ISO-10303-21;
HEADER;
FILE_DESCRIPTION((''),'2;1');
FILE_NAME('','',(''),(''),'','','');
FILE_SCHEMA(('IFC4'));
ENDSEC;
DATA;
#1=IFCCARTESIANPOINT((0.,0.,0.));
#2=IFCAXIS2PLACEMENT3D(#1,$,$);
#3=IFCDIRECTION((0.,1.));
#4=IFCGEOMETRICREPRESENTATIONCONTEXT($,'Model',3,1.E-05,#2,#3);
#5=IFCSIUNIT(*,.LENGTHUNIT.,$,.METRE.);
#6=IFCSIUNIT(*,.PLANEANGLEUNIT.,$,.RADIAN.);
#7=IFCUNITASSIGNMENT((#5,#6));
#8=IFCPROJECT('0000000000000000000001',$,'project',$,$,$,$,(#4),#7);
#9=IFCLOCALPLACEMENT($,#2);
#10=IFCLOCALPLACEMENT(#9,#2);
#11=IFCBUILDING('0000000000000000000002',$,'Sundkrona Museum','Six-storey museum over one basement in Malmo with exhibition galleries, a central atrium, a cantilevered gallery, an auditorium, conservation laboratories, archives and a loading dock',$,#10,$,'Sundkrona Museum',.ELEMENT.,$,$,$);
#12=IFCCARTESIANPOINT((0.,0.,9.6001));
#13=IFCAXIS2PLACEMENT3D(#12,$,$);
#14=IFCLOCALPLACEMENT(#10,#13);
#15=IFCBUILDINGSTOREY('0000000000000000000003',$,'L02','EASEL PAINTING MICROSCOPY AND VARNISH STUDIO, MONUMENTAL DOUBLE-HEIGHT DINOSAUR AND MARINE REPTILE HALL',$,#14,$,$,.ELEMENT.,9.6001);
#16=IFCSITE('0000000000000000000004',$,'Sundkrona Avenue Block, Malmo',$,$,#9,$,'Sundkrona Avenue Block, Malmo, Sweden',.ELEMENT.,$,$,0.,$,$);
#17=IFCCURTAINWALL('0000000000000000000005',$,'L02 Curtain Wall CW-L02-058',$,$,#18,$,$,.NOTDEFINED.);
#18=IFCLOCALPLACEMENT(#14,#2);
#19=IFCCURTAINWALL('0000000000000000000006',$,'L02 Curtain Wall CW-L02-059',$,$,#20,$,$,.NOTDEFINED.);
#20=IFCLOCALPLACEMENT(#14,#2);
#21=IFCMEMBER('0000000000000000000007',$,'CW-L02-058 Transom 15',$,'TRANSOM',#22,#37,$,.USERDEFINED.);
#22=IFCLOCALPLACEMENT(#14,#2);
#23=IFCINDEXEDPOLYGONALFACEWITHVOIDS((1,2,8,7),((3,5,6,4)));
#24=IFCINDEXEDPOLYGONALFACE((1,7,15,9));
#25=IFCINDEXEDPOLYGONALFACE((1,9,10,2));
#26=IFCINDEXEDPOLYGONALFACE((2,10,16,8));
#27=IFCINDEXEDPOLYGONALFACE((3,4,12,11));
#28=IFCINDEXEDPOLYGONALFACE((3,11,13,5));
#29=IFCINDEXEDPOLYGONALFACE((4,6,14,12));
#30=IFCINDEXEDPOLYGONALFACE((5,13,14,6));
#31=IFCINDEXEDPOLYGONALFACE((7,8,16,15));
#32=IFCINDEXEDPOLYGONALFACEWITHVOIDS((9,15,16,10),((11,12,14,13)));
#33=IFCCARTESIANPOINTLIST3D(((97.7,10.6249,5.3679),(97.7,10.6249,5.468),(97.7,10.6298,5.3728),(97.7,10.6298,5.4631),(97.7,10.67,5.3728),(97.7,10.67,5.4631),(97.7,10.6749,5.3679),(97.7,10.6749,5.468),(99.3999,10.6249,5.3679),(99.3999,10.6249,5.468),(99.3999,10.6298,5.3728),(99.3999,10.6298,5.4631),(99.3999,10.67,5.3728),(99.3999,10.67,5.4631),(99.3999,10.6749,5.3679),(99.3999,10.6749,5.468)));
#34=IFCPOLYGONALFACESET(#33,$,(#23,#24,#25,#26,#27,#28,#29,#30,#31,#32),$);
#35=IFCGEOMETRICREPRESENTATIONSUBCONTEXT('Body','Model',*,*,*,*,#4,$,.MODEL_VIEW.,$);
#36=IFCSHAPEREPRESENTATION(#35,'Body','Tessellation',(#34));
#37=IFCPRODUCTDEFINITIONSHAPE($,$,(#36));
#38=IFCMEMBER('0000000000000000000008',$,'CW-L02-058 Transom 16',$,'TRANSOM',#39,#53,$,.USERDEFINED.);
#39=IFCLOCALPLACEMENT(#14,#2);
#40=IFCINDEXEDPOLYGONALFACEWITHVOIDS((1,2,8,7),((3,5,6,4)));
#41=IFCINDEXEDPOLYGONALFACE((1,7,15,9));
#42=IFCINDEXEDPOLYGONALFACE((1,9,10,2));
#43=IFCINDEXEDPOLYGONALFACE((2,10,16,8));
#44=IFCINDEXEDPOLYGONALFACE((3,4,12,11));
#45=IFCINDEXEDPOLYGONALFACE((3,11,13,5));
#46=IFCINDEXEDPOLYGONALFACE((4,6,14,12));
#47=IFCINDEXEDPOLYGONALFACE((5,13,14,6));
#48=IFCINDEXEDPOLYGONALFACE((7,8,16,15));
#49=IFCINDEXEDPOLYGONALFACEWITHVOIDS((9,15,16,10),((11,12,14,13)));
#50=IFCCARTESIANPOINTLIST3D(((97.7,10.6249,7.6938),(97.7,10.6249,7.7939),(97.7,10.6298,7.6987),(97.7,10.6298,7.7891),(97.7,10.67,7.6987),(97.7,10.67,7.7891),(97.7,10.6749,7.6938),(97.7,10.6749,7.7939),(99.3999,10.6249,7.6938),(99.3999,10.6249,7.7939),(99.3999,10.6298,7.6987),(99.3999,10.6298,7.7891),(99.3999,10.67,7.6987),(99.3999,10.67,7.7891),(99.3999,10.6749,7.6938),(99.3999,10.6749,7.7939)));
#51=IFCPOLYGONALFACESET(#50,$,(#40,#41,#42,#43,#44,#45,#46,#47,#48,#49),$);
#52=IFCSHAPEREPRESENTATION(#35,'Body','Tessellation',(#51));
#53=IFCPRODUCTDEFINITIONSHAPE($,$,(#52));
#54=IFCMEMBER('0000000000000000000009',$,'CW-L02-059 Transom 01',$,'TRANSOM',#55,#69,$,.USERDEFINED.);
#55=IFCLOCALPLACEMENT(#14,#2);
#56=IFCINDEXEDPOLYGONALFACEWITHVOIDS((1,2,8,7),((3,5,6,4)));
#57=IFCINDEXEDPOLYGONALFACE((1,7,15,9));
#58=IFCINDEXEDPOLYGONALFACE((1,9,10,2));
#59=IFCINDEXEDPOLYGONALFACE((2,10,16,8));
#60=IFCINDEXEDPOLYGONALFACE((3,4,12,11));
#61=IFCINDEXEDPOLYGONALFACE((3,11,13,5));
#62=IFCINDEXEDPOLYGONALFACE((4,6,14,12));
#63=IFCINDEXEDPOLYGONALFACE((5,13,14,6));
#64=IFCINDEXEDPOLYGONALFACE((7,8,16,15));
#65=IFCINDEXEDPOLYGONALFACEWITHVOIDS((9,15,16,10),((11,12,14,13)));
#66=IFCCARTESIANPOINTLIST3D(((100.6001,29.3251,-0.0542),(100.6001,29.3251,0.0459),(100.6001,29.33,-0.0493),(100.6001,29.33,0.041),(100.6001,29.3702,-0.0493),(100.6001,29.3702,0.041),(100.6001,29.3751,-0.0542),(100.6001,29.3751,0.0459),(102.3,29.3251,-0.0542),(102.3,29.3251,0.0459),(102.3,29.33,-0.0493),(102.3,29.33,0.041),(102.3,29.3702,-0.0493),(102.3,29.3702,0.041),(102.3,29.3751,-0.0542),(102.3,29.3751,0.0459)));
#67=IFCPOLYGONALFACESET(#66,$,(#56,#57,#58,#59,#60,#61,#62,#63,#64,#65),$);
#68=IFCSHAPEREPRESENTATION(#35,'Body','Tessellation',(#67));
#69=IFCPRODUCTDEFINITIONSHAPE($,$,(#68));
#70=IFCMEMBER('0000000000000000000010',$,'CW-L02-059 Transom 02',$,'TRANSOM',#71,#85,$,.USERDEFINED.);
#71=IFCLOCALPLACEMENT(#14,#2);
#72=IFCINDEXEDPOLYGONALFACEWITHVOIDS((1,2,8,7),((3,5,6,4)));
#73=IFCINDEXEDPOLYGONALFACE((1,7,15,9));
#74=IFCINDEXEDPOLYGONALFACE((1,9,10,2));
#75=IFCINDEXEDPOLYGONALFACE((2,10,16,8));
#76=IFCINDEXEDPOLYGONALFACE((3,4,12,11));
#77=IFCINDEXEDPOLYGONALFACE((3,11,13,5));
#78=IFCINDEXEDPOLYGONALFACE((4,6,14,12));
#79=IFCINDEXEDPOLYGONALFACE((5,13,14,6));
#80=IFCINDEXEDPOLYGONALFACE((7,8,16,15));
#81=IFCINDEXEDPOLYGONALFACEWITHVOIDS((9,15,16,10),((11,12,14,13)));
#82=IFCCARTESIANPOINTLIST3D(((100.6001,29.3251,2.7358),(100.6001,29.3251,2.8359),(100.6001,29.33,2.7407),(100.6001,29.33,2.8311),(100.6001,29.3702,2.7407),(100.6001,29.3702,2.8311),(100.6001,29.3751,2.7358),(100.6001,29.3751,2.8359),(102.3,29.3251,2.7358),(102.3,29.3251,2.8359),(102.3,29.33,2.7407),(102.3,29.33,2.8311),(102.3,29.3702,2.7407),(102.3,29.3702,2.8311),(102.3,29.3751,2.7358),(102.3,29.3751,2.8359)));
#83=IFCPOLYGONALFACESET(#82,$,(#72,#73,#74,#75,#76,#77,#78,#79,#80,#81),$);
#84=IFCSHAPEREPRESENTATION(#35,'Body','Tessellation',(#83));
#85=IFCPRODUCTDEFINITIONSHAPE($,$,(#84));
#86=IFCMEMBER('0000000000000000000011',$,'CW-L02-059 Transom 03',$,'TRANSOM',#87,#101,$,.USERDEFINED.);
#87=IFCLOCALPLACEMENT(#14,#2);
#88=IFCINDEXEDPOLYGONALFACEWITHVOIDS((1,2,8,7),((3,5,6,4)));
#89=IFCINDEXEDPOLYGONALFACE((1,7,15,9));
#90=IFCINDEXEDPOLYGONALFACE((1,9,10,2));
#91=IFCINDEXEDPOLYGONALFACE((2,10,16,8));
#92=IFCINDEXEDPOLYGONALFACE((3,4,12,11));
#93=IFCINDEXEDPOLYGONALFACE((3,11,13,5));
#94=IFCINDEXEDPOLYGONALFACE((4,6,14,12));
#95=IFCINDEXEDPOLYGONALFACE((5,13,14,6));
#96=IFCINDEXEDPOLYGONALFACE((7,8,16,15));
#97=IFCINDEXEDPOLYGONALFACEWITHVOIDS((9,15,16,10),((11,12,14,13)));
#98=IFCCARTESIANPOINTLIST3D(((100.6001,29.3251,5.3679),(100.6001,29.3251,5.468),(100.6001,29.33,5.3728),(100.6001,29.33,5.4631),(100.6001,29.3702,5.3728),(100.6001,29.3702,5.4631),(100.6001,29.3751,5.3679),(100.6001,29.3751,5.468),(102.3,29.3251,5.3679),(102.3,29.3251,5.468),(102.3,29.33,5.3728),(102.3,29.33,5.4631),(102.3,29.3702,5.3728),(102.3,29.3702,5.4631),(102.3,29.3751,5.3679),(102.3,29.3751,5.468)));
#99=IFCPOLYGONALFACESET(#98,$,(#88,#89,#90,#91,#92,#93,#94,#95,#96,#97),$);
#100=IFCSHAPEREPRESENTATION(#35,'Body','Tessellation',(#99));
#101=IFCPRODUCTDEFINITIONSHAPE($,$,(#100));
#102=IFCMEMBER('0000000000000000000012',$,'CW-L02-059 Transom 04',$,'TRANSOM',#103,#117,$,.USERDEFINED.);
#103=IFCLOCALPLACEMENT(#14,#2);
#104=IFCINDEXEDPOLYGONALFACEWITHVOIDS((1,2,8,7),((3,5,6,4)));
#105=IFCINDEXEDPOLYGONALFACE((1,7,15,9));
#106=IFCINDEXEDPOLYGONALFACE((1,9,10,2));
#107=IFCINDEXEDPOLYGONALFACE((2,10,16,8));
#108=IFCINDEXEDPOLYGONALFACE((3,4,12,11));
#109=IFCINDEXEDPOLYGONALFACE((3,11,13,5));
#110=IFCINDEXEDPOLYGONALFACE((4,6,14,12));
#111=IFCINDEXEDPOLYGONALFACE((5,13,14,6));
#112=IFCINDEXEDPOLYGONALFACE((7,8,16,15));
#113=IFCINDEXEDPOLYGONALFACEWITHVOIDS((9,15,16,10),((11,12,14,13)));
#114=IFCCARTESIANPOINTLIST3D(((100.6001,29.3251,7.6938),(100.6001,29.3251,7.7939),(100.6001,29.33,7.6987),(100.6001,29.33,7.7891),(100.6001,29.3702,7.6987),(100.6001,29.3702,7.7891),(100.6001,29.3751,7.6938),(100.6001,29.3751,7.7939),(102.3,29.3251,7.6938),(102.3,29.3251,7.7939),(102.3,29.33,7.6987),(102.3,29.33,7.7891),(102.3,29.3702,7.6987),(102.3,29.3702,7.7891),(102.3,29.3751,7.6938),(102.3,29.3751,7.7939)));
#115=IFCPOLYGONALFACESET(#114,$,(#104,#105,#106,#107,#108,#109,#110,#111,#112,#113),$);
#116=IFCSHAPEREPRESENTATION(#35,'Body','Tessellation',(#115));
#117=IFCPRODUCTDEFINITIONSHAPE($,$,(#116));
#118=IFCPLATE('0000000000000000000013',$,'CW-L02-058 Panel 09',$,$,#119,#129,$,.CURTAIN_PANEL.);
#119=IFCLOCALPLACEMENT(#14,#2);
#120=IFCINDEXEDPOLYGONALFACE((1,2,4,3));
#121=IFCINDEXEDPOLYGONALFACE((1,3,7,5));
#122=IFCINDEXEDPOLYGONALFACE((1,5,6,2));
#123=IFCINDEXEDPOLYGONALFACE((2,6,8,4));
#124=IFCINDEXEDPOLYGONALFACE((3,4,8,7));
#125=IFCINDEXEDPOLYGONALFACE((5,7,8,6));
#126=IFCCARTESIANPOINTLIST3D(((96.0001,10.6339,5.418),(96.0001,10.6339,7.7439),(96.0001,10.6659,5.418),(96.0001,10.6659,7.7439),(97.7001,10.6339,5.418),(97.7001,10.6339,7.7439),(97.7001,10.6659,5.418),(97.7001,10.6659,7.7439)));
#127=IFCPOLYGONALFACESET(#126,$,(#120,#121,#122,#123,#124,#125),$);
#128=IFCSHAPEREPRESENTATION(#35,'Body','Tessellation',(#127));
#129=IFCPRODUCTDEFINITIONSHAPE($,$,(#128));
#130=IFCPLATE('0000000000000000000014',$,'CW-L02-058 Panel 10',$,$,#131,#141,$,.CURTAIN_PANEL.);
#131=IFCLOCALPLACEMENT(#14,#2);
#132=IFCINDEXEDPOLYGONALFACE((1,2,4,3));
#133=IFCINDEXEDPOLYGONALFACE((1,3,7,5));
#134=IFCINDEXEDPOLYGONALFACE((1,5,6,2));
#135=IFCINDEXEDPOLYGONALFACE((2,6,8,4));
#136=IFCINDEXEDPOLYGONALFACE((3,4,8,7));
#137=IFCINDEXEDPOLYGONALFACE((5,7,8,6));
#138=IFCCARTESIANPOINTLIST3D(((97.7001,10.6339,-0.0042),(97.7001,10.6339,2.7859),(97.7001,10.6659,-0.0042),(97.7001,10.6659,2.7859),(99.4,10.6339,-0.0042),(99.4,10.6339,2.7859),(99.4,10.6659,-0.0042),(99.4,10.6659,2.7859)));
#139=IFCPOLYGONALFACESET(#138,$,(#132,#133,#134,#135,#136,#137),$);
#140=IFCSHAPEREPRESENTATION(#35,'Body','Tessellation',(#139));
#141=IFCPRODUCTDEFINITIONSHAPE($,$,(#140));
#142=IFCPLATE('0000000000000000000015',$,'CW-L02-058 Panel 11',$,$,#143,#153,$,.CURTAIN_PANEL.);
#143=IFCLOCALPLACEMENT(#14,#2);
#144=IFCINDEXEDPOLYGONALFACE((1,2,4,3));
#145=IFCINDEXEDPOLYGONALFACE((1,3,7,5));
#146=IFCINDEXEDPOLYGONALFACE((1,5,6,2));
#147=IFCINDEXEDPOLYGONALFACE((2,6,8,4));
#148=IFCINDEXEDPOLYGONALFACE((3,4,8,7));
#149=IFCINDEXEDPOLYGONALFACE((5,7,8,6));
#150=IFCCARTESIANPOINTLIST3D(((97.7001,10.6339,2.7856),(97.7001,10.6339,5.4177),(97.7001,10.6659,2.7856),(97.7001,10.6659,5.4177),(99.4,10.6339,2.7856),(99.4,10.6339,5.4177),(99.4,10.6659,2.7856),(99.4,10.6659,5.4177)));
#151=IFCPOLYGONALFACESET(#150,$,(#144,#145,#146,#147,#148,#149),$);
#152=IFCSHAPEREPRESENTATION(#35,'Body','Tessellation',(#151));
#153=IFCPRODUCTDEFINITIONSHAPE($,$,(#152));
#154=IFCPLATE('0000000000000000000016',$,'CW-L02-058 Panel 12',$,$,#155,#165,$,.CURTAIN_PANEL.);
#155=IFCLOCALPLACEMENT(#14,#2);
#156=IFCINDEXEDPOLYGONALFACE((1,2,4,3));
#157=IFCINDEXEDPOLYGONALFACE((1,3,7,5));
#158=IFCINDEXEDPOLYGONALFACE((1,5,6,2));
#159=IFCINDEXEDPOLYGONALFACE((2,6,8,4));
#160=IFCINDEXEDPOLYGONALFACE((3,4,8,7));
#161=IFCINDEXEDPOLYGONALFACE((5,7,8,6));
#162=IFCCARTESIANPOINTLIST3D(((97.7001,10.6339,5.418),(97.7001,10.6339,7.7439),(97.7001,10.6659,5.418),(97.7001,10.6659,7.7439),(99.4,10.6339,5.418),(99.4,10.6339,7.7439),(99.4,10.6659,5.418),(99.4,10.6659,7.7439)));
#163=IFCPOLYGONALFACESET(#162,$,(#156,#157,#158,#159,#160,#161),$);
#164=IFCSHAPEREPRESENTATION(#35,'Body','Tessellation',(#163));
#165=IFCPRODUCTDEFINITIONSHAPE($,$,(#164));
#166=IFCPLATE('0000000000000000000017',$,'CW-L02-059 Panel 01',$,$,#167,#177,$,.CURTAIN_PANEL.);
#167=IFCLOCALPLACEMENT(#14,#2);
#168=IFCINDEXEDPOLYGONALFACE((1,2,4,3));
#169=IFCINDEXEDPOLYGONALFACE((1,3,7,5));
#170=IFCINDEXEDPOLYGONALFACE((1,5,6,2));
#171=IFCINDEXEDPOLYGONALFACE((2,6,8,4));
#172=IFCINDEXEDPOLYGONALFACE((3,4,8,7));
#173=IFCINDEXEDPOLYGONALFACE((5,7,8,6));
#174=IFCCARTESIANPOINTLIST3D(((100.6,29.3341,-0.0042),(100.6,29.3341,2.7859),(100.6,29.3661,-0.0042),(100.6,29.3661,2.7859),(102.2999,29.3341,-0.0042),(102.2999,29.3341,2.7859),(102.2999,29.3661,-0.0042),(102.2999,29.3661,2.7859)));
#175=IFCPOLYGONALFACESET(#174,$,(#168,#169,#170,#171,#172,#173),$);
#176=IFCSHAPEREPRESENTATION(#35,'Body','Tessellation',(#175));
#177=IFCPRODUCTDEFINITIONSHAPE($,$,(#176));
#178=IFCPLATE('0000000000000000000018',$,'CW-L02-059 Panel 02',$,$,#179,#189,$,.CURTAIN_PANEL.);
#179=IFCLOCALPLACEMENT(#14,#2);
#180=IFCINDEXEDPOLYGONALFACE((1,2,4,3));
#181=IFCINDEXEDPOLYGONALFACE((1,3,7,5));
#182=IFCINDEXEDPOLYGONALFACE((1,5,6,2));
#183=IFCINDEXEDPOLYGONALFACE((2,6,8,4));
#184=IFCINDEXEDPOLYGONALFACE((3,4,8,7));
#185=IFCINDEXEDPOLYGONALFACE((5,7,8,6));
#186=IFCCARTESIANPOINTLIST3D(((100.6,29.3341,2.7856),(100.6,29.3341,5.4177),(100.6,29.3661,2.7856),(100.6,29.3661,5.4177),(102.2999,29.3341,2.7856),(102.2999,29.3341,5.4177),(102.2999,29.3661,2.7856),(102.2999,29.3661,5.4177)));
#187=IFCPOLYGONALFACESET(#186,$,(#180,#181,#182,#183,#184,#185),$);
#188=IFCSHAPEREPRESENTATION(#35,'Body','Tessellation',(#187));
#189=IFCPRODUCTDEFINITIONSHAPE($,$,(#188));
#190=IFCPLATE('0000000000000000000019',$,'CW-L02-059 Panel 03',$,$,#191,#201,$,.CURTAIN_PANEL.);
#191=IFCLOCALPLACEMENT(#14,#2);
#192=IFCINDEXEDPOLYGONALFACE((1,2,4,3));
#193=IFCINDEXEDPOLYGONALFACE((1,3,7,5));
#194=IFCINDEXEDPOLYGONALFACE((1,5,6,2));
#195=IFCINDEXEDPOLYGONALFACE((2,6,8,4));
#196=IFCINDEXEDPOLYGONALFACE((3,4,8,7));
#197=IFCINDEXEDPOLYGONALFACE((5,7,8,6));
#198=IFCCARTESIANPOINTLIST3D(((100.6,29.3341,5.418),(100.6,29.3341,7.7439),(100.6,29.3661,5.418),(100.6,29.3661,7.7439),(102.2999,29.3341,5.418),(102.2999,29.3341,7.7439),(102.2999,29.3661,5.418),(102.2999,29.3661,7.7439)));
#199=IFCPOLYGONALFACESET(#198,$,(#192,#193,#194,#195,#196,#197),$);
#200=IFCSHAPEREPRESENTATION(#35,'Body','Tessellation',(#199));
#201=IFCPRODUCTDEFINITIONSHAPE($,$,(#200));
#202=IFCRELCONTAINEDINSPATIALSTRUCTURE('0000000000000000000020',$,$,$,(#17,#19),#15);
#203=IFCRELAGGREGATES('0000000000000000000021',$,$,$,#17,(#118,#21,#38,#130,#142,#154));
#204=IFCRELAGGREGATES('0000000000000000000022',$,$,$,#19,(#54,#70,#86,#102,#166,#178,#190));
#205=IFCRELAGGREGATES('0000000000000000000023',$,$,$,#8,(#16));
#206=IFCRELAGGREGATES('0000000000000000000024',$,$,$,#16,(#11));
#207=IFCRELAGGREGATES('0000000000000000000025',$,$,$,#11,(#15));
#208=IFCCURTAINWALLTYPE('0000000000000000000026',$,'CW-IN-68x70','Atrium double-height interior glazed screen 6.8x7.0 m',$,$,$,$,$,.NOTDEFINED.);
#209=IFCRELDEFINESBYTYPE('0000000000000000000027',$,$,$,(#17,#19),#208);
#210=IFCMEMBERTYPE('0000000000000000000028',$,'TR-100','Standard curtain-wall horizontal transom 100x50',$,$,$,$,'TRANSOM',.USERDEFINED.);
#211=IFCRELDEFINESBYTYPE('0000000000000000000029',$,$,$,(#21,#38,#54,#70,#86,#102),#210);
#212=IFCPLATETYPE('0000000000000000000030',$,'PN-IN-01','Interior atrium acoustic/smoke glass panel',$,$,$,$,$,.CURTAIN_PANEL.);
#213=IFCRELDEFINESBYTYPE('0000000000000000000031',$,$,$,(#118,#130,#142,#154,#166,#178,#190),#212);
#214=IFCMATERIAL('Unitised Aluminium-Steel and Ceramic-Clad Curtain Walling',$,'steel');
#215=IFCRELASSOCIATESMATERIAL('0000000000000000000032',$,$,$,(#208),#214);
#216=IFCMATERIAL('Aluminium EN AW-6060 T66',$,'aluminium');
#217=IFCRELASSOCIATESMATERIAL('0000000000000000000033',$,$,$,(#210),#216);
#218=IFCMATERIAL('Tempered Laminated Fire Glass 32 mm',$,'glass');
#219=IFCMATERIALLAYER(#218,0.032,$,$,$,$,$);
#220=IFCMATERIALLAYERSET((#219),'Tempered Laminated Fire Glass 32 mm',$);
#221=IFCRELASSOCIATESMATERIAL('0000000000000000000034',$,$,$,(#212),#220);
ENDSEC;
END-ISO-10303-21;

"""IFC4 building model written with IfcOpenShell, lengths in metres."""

from ifc_helpers import new_model, si_unit, direction, frame, origin, origin_2d, place, context, subcontext, project, spatial, rectangle, hollow_rectangle, extrude, material, layer, layer_set, material_profile, profile_set, type_object, element, aggregate, save


model = new_model("IFC4")

# Units and contexts
model_context = context("Model", 3, precision=1e-05, world=origin(), true_north=direction((0.0, 1.0)))
body_context = subcontext(model_context, "Body", "Model", "MODEL_VIEW")
ifc_project = project(units=[si_unit("LENGTHUNIT", "METRE"), si_unit("PLANEANGLEUNIT", "RADIAN")], contexts=[model_context])

# Site, building, storey
site_placement = place(None, origin())
site = spatial("IfcSite", under=ifc_project, at=site_placement, Name="Sundkrona Avenue Block, Malmo", LongName="Sundkrona Avenue Block, Malmo, Sweden", CompositionType="ELEMENT", RefElevation=0.0)
building_placement = place(site_placement, origin())
building = spatial("IfcBuilding", under=site, at=building_placement, Name="Sundkrona Museum", Description="Six-storey museum over one basement in Malmo with exhibition galleries, a central atrium, a cantilevered gallery, an auditorium, conservation laboratories, archives and a loading dock", LongName="Sundkrona Museum", CompositionType="ELEMENT")
storey_placement = place(building_placement, frame((0.0, 0.0, 9.6001)))
storey = spatial("IfcBuildingStorey", under=building, at=storey_placement, Name="L02", Description="EASEL PAINTING MICROSCOPY AND VARNISH STUDIO, MONUMENTAL DOUBLE-HEIGHT DINOSAUR AND MARINE REPTILE HALL", CompositionType="ELEMENT", Elevation=9.6001)

# Curtain wall
ifc_material_1 = material(Name="Unitised Aluminium-Steel and Ceramic-Clad Curtain Walling", Category="steel")
curtain_wall_type = type_object("IfcCurtainWallType", Name="CW-IN-68x70", Description="Atrium double-height interior glazed screen 6.8x7.0 m", PredefinedType="NOTDEFINED", material=ifc_material_1)
curtain_wall_1_placement = place(storey_placement, origin())
curtain_wall_1 = element("IfcCurtainWall", 1, at=curtain_wall_1_placement, inside=storey, type_object=curtain_wall_type, Name="L02 Curtain Wall CW-L02-058", PredefinedType="NOTDEFINED")
ifc_material_2 = material(Name="Aluminium EN AW-6060 T66", Category="aluminium")

# Curtain wall
curtain_wall_2_placement = place(storey_placement, origin())
curtain_wall_2 = element("IfcCurtainWall", 2, at=curtain_wall_2_placement, inside=storey, type_object=curtain_wall_type, Name="L02 Curtain Wall CW-L02-059", PredefinedType="NOTDEFINED")

# Members
ifc_material_profile_1 = material_profile(ifc_material_2, hollow_rectangle(XDim=0.05, YDim=0.1001, WallThickness=0.0049, at=origin_2d()), Name="RHS 100x50x5.0")
ifc_profile_set_1 = profile_set([ifc_material_profile_1], Name="Aluminium EN AW-6060 T66")
member_type_1 = type_object("IfcMemberType", Name="TR-100", Description="Standard curtain-wall horizontal transom 100x50", ElementType="TRANSOM", PredefinedType="USERDEFINED", material=ifc_profile_set_1)
member_1_placement = place(storey_placement, frame((97.7, 10.6499, 5.418), z_axis=(1.0, 0.0, 0.0), x_axis=(0.0, 1.0, 0.0)))
member_1 = element("IfcMember", 3, at=member_1_placement, type_object=member_type_1, Name="CW-L02-058 Transom 15", ObjectType="TRANSOM", PredefinedType="USERDEFINED", context=body_context, shape_type="SweptSolid", body=[
    extrude(hollow_rectangle(XDim=0.05, YDim=0.1001, WallThickness=0.0049, at=origin_2d()), origin(), (0.0, 0.0, 1.0), 1.7),
])
member_2_placement = place(storey_placement, frame((97.7, 10.6499, 7.7439), z_axis=(1.0, 0.0, 0.0), x_axis=(0.0, 1.0, 0.0)))
member_2 = element("IfcMember", 4, at=member_2_placement, type_object=member_type_1, Name="CW-L02-058 Transom 16", ObjectType="TRANSOM", PredefinedType="USERDEFINED", context=body_context, shape_type="SweptSolid", body=[
    extrude(hollow_rectangle(XDim=0.05, YDim=0.1001, WallThickness=0.0049, at=origin_2d()), origin(), (0.0, 0.0, 1.0), 1.7),
])
member_3_placement = place(storey_placement, frame((100.6001, 29.3501, -0.0042), z_axis=(1.0, 0.0, 0.0), x_axis=(0.0, 1.0, 0.0)))
member_3 = element("IfcMember", 5, at=member_3_placement, type_object=member_type_1, Name="CW-L02-059 Transom 01", ObjectType="TRANSOM", PredefinedType="USERDEFINED", context=body_context, shape_type="SweptSolid", body=[
    extrude(hollow_rectangle(XDim=0.05, YDim=0.1001, WallThickness=0.0049, at=origin_2d()), origin(), (0.0, 0.0, 1.0), 1.7),
])
member_4_placement = place(storey_placement, frame((100.6001, 29.3501, 2.7859), z_axis=(1.0, 0.0, 0.0), x_axis=(0.0, 1.0, 0.0)))
member_4 = element("IfcMember", 6, at=member_4_placement, type_object=member_type_1, Name="CW-L02-059 Transom 02", ObjectType="TRANSOM", PredefinedType="USERDEFINED", context=body_context, shape_type="SweptSolid", body=[
    extrude(hollow_rectangle(XDim=0.05, YDim=0.1001, WallThickness=0.0049, at=origin_2d()), origin(), (0.0, 0.0, 1.0), 1.7),
])
member_5_placement = place(storey_placement, frame((100.6001, 29.3501, 5.418), z_axis=(1.0, 0.0, 0.0), x_axis=(0.0, 1.0, 0.0)))
member_5 = element("IfcMember", 7, at=member_5_placement, type_object=member_type_1, Name="CW-L02-059 Transom 03", ObjectType="TRANSOM", PredefinedType="USERDEFINED", context=body_context, shape_type="SweptSolid", body=[
    extrude(hollow_rectangle(XDim=0.05, YDim=0.1001, WallThickness=0.0049, at=origin_2d()), origin(), (0.0, 0.0, 1.0), 1.7),
])
member_6_placement = place(storey_placement, frame((100.6001, 29.3501, 7.7439), z_axis=(1.0, 0.0, 0.0), x_axis=(0.0, 1.0, 0.0)))
member_6 = element("IfcMember", 8, at=member_6_placement, type_object=member_type_1, Name="CW-L02-059 Transom 04", ObjectType="TRANSOM", PredefinedType="USERDEFINED", context=body_context, shape_type="SweptSolid", body=[
    extrude(hollow_rectangle(XDim=0.05, YDim=0.1001, WallThickness=0.0049, at=origin_2d()), origin(), (0.0, 0.0, 1.0), 1.7),
])

# Plates
ifc_material_3 = material(Name="Tempered Laminated Fire Glass 32 mm", Category="glass")
ifc_layer = layer(ifc_material_3, 0.032)
ifc_layer_set = layer_set([ifc_layer], Name="Tempered Laminated Fire Glass 32 mm")
plate_type = type_object("IfcPlateType", Name="PN-IN-01", Description="Interior atrium acoustic/smoke glass panel", PredefinedType="CURTAIN_PANEL", material=ifc_layer_set)
plate_1_placement = place(storey_placement, frame((96.8501, 10.6499, 5.418), z_axis=(0.0, 0.0, 1.0), x_axis=(1.0, 0.0, 0.0)))
plate_1 = element("IfcPlate", 9, at=plate_1_placement, type_object=plate_type, Name="CW-L02-058 Panel 09", PredefinedType="CURTAIN_PANEL", context=body_context, shape_type="SweptSolid", body=[
    extrude(rectangle(XDim=1.7, YDim=0.032, at=origin_2d()), origin(), (0.0, 0.0, 1.0), 2.3259),
])
plate_2_placement = place(storey_placement, frame((98.55, 10.6499, -0.0042), z_axis=(0.0, 0.0, 1.0), x_axis=(1.0, 0.0, 0.0)))
plate_2 = element("IfcPlate", 10, at=plate_2_placement, type_object=plate_type, Name="CW-L02-058 Panel 10", PredefinedType="CURTAIN_PANEL", context=body_context, shape_type="SweptSolid", body=[
    extrude(rectangle(XDim=1.7, YDim=0.032, at=origin_2d()), origin(), (0.0, 0.0, 1.0), 2.79),
])
plate_3_placement = place(storey_placement, frame((98.55, 10.6499, 2.7856), z_axis=(0.0, 0.0, 1.0), x_axis=(1.0, 0.0, 0.0)))
plate_3 = element("IfcPlate", 11, at=plate_3_placement, type_object=plate_type, Name="CW-L02-058 Panel 11", PredefinedType="CURTAIN_PANEL", context=body_context, shape_type="SweptSolid", body=[
    extrude(rectangle(XDim=1.7, YDim=0.032, at=origin_2d()), origin(), (0.0, 0.0, 1.0), 2.6321),
])
plate_4_placement = place(storey_placement, frame((98.55, 10.6499, 5.418), z_axis=(0.0, 0.0, 1.0), x_axis=(1.0, 0.0, 0.0)))
plate_4 = element("IfcPlate", 12, at=plate_4_placement, type_object=plate_type, Name="CW-L02-058 Panel 12", PredefinedType="CURTAIN_PANEL", context=body_context, shape_type="SweptSolid", body=[
    extrude(rectangle(XDim=1.7, YDim=0.032, at=origin_2d()), origin(), (0.0, 0.0, 1.0), 2.3259),
])
aggregate(curtain_wall_1, [plate_1, member_1, member_2, plate_2, plate_3, plate_4])
plate_5_placement = place(storey_placement, frame((101.45, 29.3501, -0.0042), z_axis=(0.0, 0.0, 1.0), x_axis=(1.0, 0.0, 0.0)))
plate_5 = element("IfcPlate", 13, at=plate_5_placement, type_object=plate_type, Name="CW-L02-059 Panel 01", PredefinedType="CURTAIN_PANEL", context=body_context, shape_type="SweptSolid", body=[
    extrude(rectangle(XDim=1.7, YDim=0.032, at=origin_2d()), origin(), (0.0, 0.0, 1.0), 2.79),
])
plate_6_placement = place(storey_placement, frame((101.45, 29.3501, 2.7856), z_axis=(0.0, 0.0, 1.0), x_axis=(1.0, 0.0, 0.0)))
plate_6 = element("IfcPlate", 14, at=plate_6_placement, type_object=plate_type, Name="CW-L02-059 Panel 02", PredefinedType="CURTAIN_PANEL", context=body_context, shape_type="SweptSolid", body=[
    extrude(rectangle(XDim=1.7, YDim=0.032, at=origin_2d()), origin(), (0.0, 0.0, 1.0), 2.6321),
])
plate_7_placement = place(storey_placement, frame((101.45, 29.3501, 5.418), z_axis=(0.0, 0.0, 1.0), x_axis=(1.0, 0.0, 0.0)))
plate_7 = element("IfcPlate", 15, at=plate_7_placement, type_object=plate_type, Name="CW-L02-059 Panel 03", PredefinedType="CURTAIN_PANEL", context=body_context, shape_type="SweptSolid", body=[
    extrude(rectangle(XDim=1.7, YDim=0.032, at=origin_2d()), origin(), (0.0, 0.0, 1.0), 2.3259),
])
aggregate(curtain_wall_2, [member_3, member_4, member_5, member_6, plate_5, plate_6, plate_7])

save(model, "model.ifc")
